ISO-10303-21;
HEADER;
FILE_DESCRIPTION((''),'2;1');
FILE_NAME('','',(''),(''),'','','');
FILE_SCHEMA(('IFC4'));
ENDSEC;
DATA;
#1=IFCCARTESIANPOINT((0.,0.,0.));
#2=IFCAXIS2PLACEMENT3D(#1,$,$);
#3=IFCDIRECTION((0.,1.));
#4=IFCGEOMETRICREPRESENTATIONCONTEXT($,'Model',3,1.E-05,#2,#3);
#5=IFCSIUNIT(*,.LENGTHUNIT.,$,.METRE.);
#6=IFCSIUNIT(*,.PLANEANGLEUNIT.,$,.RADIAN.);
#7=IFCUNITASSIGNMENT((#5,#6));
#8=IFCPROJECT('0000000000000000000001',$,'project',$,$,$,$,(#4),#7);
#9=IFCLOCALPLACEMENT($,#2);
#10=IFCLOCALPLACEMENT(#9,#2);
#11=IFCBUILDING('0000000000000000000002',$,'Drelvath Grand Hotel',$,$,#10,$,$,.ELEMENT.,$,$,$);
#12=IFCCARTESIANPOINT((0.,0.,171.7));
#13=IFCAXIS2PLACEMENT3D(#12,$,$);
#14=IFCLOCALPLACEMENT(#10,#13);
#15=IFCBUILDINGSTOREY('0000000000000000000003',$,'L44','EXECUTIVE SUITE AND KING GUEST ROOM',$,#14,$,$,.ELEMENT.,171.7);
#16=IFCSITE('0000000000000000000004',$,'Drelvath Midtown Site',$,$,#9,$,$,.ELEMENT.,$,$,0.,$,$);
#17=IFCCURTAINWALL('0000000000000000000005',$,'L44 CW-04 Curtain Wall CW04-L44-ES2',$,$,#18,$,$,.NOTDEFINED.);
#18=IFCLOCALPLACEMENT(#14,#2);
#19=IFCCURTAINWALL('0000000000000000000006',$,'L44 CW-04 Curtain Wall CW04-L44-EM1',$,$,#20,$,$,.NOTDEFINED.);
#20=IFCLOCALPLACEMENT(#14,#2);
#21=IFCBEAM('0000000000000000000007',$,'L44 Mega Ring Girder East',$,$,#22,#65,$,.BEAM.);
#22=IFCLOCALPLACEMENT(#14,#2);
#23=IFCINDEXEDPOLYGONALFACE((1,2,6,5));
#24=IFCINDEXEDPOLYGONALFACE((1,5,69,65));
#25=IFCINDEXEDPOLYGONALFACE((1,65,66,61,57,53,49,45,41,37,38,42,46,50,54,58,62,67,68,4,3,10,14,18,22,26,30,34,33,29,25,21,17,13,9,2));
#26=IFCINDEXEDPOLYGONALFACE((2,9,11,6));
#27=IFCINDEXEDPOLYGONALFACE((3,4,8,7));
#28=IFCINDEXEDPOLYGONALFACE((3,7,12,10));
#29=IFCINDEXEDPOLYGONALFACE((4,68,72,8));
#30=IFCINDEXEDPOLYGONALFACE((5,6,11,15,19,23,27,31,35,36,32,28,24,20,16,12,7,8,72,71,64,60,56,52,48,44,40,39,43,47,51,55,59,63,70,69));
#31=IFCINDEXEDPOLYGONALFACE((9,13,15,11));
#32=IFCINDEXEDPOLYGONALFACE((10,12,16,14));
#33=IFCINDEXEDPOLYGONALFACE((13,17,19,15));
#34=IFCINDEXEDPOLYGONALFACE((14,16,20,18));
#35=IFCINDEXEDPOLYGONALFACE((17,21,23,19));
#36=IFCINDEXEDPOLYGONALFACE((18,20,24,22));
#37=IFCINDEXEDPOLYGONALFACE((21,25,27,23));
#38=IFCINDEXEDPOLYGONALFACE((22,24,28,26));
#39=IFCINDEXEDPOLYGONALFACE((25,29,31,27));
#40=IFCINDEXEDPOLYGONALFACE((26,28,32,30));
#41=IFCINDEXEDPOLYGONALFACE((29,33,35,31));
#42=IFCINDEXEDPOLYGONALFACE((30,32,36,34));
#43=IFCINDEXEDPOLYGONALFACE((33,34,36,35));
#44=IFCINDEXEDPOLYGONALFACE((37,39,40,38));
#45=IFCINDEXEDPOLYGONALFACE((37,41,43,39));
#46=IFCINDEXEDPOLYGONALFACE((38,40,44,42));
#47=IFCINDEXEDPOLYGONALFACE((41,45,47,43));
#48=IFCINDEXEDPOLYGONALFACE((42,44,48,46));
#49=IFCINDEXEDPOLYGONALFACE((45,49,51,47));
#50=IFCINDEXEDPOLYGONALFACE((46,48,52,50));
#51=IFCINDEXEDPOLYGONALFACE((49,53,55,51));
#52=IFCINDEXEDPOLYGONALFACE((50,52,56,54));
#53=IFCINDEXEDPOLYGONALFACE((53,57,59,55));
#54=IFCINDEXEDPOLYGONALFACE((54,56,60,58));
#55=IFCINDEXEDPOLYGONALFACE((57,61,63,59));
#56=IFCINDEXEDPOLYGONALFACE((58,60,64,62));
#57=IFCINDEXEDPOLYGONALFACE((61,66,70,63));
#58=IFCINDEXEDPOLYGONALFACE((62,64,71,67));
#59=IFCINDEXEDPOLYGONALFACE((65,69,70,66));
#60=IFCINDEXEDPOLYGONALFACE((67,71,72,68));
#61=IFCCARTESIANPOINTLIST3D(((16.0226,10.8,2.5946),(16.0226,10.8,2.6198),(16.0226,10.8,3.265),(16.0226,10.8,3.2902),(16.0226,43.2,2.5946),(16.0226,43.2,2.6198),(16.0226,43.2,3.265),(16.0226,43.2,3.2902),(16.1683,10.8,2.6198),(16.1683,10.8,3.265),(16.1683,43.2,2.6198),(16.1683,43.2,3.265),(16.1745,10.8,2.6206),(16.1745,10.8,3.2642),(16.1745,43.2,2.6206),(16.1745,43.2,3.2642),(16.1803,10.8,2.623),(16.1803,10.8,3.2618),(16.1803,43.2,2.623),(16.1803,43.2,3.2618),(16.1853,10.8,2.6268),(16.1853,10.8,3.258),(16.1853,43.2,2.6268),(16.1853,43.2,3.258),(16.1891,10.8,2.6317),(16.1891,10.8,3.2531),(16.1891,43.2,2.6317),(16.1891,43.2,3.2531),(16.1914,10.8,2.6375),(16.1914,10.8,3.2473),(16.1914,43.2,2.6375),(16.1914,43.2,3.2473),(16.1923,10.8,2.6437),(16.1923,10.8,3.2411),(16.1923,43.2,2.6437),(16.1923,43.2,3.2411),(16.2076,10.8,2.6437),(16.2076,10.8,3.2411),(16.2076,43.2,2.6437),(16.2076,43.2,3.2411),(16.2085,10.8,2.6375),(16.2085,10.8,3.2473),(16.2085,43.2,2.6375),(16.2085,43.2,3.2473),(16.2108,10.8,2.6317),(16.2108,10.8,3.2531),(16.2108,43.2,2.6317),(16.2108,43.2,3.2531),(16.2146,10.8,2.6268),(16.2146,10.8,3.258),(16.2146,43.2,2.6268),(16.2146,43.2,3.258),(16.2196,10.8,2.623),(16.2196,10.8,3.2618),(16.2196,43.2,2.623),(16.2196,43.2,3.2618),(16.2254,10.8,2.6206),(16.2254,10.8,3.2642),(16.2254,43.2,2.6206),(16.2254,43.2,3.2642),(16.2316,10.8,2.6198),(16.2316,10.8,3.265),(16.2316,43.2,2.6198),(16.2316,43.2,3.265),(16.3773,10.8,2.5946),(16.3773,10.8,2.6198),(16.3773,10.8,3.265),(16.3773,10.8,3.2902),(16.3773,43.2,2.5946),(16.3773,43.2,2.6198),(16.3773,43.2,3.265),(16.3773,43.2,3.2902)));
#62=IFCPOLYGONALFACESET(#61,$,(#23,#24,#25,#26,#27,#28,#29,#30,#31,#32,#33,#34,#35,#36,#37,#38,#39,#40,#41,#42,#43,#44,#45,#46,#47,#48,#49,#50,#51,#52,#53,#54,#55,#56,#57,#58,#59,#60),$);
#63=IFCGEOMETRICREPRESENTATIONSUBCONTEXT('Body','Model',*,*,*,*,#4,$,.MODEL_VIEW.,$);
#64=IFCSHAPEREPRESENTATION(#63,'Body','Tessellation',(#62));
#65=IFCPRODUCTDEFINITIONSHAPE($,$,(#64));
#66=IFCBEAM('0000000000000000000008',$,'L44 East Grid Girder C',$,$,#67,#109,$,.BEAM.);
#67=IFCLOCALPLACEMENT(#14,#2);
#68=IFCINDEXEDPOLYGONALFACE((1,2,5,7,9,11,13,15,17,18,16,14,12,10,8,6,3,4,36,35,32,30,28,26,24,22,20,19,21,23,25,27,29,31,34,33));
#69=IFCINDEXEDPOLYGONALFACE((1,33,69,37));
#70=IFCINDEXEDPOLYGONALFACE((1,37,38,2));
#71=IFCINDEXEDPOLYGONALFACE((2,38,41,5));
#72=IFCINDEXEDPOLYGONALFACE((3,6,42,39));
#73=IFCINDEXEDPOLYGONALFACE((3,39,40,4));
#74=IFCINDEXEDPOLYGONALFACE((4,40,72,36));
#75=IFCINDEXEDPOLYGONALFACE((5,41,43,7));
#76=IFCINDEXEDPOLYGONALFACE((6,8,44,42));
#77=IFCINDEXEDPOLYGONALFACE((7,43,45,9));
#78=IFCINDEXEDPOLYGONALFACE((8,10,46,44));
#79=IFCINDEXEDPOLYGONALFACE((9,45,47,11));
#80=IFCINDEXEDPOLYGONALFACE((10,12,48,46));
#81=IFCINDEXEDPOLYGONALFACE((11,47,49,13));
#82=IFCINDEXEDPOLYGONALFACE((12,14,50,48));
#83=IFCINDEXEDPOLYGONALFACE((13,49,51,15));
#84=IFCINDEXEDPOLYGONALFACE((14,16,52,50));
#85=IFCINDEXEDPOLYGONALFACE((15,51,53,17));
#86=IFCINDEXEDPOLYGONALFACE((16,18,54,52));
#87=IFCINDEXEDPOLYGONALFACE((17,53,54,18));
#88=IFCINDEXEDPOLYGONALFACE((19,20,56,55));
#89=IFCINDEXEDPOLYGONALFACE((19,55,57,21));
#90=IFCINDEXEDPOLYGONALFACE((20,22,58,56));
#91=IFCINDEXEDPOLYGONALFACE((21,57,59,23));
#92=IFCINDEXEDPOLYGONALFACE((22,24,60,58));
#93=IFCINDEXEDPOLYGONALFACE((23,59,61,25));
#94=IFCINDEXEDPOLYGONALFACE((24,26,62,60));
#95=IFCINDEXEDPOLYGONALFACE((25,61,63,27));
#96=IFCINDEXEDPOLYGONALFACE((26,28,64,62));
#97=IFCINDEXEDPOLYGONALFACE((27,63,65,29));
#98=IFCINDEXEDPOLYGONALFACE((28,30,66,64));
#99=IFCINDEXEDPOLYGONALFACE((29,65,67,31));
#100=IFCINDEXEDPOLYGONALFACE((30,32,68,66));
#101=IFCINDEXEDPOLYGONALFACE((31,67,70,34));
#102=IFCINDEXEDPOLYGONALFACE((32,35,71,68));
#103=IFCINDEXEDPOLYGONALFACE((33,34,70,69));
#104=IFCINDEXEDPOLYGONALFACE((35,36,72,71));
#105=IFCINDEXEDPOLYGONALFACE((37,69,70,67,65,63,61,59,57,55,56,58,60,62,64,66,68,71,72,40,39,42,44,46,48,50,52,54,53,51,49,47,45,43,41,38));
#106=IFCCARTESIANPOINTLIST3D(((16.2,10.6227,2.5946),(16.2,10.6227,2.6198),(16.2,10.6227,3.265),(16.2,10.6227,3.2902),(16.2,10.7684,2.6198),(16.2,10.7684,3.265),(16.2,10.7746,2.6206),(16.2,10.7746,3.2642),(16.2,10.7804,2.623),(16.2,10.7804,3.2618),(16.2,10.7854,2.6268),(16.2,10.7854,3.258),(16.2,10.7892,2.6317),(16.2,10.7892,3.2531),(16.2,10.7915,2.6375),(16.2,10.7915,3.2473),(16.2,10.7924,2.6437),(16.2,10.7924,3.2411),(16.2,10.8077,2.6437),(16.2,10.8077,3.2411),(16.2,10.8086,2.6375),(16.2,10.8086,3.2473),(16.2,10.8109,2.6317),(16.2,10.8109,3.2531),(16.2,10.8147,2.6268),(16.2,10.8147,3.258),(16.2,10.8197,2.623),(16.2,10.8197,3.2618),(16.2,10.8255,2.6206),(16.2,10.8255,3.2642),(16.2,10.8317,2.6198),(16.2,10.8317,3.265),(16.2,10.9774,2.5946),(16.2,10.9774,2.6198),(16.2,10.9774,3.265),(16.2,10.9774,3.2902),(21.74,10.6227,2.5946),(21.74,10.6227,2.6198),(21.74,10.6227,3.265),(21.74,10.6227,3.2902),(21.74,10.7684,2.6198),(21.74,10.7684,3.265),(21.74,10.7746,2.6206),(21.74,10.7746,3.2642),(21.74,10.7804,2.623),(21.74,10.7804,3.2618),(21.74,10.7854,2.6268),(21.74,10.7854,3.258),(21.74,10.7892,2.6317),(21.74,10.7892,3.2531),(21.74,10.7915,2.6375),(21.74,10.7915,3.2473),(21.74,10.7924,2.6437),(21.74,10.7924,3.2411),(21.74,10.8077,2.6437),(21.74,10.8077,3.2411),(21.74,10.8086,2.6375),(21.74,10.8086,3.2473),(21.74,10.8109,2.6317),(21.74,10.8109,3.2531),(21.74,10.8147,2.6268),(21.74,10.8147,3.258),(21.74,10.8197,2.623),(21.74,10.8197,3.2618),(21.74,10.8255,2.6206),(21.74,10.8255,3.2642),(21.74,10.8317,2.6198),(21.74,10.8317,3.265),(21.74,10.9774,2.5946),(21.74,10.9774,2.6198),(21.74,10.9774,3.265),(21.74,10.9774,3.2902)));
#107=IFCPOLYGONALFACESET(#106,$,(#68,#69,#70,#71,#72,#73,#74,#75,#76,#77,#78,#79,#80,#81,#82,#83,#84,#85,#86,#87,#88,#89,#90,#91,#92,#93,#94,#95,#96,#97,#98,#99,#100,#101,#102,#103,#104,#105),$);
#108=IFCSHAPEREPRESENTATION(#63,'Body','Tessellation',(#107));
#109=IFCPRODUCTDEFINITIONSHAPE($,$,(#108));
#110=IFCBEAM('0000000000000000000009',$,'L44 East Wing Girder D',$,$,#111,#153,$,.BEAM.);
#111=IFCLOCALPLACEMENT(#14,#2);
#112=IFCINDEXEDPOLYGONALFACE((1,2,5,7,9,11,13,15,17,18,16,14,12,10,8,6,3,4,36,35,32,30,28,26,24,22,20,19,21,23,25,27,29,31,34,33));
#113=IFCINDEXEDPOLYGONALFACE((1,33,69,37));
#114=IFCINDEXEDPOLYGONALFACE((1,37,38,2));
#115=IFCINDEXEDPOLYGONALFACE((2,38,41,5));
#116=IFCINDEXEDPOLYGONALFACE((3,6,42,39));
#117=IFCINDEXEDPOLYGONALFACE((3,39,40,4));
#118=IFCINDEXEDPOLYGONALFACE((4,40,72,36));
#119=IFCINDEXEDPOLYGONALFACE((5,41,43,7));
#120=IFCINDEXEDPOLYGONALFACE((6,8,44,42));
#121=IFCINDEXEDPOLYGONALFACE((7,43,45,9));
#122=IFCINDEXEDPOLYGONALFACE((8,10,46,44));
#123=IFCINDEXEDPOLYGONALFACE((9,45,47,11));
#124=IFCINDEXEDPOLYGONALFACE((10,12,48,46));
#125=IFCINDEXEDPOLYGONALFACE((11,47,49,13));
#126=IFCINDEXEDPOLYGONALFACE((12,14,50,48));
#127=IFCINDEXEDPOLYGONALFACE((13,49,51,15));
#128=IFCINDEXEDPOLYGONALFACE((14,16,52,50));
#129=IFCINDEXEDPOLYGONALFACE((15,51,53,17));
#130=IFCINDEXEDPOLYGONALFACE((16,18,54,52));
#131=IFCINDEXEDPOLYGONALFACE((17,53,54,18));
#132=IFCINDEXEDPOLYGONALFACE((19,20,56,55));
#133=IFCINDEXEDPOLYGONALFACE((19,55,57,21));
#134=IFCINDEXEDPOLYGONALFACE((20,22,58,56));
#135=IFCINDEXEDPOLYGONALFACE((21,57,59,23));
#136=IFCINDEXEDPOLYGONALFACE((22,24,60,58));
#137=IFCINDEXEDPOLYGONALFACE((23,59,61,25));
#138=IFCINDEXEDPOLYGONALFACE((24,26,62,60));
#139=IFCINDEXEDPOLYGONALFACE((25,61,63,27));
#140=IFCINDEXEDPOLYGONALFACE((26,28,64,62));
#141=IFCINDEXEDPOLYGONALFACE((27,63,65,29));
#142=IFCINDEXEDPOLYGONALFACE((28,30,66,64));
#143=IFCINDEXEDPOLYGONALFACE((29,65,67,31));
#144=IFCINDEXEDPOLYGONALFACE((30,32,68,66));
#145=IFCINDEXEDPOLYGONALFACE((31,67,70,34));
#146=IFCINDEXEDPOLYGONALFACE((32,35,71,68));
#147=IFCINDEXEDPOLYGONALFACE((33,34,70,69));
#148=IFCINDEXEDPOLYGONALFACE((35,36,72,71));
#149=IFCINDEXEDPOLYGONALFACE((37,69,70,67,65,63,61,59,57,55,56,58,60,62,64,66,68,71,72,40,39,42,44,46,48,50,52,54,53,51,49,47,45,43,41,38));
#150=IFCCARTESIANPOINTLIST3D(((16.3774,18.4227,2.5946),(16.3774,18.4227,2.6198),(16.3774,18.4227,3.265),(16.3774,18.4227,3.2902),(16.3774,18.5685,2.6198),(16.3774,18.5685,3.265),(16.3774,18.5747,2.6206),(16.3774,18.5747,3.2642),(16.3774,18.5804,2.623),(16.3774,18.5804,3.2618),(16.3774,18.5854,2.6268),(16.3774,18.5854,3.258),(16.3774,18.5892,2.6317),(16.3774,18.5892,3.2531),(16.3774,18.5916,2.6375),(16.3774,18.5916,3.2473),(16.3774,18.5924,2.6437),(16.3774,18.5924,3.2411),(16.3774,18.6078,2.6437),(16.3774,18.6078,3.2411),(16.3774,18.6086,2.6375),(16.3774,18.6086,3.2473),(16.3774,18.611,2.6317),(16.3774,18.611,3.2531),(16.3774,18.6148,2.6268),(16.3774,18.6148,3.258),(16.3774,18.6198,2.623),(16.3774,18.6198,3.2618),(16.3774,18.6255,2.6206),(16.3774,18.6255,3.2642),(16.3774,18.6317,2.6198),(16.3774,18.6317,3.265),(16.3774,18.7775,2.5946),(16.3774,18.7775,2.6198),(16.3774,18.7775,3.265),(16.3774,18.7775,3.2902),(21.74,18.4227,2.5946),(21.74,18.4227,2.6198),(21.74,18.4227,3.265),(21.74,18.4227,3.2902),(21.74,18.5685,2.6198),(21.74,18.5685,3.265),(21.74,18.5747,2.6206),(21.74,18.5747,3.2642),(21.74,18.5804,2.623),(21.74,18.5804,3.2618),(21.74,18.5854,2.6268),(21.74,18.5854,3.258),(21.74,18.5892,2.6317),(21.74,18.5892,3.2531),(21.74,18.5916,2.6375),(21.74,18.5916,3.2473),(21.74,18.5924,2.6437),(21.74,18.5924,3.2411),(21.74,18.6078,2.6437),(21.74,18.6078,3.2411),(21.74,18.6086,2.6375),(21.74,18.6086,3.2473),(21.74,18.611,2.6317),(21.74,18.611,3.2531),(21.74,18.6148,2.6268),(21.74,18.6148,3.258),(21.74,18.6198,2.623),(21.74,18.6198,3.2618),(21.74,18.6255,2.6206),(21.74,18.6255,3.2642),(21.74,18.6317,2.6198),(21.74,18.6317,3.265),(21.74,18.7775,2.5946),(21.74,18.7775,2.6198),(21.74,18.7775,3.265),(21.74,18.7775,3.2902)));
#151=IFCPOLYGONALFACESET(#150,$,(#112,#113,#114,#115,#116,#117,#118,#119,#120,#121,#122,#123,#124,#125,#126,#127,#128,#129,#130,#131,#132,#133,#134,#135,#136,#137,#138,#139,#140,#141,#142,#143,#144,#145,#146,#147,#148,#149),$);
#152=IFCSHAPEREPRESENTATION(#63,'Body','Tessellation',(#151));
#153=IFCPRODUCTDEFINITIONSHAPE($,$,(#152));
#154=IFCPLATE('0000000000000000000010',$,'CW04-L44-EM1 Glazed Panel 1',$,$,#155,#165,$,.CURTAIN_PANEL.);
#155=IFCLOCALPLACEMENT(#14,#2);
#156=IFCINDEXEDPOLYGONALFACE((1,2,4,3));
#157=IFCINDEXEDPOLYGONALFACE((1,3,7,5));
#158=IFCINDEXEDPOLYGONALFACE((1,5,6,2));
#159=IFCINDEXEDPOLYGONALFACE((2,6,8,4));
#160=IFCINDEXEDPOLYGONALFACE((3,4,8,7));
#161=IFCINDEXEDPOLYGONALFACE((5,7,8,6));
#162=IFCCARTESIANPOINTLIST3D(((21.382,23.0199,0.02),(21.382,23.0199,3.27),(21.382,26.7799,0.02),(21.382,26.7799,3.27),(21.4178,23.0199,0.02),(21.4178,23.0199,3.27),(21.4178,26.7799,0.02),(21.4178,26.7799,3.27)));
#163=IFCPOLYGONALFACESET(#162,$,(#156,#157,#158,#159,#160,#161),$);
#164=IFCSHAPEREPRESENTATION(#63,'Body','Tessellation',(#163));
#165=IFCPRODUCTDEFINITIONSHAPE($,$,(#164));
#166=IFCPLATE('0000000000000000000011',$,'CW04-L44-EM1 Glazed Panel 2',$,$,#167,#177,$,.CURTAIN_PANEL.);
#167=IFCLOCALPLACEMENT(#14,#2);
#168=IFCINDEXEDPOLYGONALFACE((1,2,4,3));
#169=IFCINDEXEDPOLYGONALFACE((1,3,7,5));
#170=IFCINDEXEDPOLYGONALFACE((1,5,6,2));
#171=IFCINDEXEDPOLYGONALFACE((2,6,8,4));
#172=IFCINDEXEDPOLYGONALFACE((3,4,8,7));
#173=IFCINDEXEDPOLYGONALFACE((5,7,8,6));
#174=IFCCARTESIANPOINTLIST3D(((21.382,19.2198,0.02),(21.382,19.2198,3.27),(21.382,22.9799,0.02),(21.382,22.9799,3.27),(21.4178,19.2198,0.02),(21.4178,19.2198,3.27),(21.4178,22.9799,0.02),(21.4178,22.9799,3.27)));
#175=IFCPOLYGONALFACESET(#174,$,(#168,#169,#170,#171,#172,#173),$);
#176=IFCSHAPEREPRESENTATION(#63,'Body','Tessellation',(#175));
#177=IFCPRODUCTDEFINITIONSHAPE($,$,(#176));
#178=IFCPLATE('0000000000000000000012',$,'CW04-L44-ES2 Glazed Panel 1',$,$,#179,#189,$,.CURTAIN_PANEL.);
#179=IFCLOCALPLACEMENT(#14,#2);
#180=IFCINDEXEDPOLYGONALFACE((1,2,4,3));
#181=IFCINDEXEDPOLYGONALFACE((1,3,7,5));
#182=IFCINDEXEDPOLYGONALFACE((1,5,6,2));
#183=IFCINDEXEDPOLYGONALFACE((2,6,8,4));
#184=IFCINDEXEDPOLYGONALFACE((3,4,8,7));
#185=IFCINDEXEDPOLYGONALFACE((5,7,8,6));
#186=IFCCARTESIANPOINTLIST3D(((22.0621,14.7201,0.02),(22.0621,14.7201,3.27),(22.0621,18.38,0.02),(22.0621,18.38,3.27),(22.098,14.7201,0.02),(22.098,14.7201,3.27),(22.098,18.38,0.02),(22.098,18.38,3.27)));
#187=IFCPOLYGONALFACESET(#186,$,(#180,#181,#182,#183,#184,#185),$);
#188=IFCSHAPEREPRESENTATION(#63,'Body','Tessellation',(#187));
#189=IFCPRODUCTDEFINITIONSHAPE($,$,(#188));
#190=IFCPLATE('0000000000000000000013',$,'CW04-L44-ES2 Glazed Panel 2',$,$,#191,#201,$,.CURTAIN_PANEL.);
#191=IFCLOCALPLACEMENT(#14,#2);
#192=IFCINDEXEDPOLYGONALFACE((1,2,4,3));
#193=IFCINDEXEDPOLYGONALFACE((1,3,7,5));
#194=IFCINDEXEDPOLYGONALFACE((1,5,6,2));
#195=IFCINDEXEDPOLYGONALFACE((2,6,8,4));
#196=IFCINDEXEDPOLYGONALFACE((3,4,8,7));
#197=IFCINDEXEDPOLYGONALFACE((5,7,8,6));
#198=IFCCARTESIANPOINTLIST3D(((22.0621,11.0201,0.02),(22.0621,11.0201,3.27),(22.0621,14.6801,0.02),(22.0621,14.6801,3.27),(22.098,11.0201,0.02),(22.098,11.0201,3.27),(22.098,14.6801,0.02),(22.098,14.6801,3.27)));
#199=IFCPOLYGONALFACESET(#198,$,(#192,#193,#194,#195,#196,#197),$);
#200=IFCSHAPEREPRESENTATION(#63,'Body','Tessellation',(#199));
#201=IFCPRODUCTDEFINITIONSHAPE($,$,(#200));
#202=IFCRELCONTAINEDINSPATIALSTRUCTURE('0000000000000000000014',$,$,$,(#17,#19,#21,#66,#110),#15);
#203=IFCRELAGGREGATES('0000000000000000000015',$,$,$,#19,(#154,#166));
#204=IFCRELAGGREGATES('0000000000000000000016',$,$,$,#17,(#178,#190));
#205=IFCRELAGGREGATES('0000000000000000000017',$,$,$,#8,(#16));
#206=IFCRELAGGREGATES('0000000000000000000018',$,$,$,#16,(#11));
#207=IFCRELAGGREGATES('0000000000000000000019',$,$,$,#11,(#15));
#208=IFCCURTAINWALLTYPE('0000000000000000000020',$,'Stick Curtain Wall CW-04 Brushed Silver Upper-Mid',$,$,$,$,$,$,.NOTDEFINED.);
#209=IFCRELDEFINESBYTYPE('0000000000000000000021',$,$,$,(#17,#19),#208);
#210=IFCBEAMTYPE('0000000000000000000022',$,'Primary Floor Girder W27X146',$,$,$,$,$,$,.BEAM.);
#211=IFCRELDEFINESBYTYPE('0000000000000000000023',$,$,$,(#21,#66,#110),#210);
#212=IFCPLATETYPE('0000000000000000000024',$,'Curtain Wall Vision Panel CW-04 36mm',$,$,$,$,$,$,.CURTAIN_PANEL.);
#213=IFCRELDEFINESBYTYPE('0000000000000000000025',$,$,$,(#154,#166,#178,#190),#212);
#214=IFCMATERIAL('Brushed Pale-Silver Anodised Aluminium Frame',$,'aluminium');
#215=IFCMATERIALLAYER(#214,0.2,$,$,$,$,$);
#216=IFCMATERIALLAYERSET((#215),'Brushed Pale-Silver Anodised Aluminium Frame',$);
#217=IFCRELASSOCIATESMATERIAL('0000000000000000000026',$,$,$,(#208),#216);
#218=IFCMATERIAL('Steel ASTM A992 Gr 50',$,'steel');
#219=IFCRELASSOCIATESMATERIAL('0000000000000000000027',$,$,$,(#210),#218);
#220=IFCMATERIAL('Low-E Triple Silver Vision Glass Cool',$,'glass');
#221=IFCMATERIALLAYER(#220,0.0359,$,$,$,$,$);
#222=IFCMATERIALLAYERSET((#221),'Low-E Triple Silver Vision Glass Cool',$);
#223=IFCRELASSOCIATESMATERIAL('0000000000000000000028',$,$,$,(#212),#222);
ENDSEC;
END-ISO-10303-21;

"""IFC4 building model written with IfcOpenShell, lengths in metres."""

from ifc_helpers import new_model, si_unit, direction, frame, origin, origin_2d, place, context, subcontext, project, spatial, rectangle, i_section, extrude, material, layer, layer_set, material_profile, profile_set, type_object, element, aggregate, save


model = new_model("IFC4")

# Units and contexts
model_context = context("Model", 3, precision=1e-05, world=origin(), true_north=direction((0.0, 1.0)))
body_context = subcontext(model_context, "Body", "Model", "MODEL_VIEW")
ifc_project = project(units=[si_unit("LENGTHUNIT", "METRE"), si_unit("PLANEANGLEUNIT", "RADIAN")], contexts=[model_context])

# Site, building, storey
site_placement = place(None, origin())
site = spatial("IfcSite", under=ifc_project, at=site_placement, Name="Drelvath Midtown Site", CompositionType="ELEMENT", RefElevation=0.0)
building_placement = place(site_placement, origin())
building = spatial("IfcBuilding", under=site, at=building_placement, Name="Drelvath Grand Hotel", CompositionType="ELEMENT")
storey_placement = place(building_placement, frame((0.0, 0.0, 171.7)))
storey = spatial("IfcBuildingStorey", under=building, at=storey_placement, Name="L44", Description="EXECUTIVE SUITE AND KING GUEST ROOM", CompositionType="ELEMENT", Elevation=171.7)

# Shared definitions
ifc_material_1 = material(Name="Steel ASTM A992 Gr 50", Category="steel")

# Curtain wall
ifc_material_2 = material(Name="Brushed Pale-Silver Anodised Aluminium Frame", Category="aluminium")
ifc_layer_1 = layer(ifc_material_2, 0.2)
ifc_layer_set_1 = layer_set([ifc_layer_1], Name="Brushed Pale-Silver Anodised Aluminium Frame")
curtain_wall_type = type_object("IfcCurtainWallType", Name="Stick Curtain Wall CW-04 Brushed Silver Upper-Mid", PredefinedType="NOTDEFINED", material=ifc_layer_set_1)
curtain_wall_1_placement = place(storey_placement, origin())
curtain_wall_1 = element("IfcCurtainWall", 1, at=curtain_wall_1_placement, inside=storey, type_object=curtain_wall_type, Name="L44 CW-04 Curtain Wall CW04-L44-ES2", PredefinedType="NOTDEFINED")

# Curtain wall
curtain_wall_2_placement = place(storey_placement, origin())
curtain_wall_2 = element("IfcCurtainWall", 2, at=curtain_wall_2_placement, inside=storey, type_object=curtain_wall_type, Name="L44 CW-04 Curtain Wall CW04-L44-EM1", PredefinedType="NOTDEFINED")

# Beams
ifc_material_profile_1 = material_profile(ifc_material_1, i_section(OverallWidth=0.3547, OverallDepth=0.6956, WebThickness=0.0154, FlangeThickness=0.0251, FilletRadius=0.0239, at=origin_2d()), Name="W27X146")
ifc_profile_set_1 = profile_set([ifc_material_profile_1], Name="Steel ASTM A992 Gr 50")
beam_type_1 = type_object("IfcBeamType", Name="Primary Floor Girder W27X146", PredefinedType="BEAM", material=ifc_profile_set_1)
beam_1_placement = place(storey_placement, frame((16.2, 10.8, 2.9424), z_axis=(0.0, 1.0, 0.0), x_axis=(-1.0, 0.0, 0.0)))
element("IfcBeam", 3, at=beam_1_placement, inside=storey, type_object=beam_type_1, Name="L44 Mega Ring Girder East", PredefinedType="BEAM", context=body_context, shape_type="SweptSolid", body=[
    extrude(i_section(OverallWidth=0.3547, OverallDepth=0.6956, WebThickness=0.0154, FlangeThickness=0.0251, FilletRadius=0.0239, at=origin_2d()), origin(), (0.0, 0.0, 1.0), 32.3999),
])
beam_2_placement = place(storey_placement, frame((16.2, 10.8, 2.9424), z_axis=(1.0, 0.0, 0.0), x_axis=(0.0, 1.0, 0.0)))
element("IfcBeam", 4, at=beam_2_placement, inside=storey, type_object=beam_type_1, Name="L44 East Grid Girder C", PredefinedType="BEAM", context=body_context, shape_type="SweptSolid", body=[
    extrude(i_section(OverallWidth=0.3547, OverallDepth=0.6956, WebThickness=0.0154, FlangeThickness=0.0251, FilletRadius=0.0239, at=origin_2d()), origin(), (0.0, 0.0, 1.0), 5.54),
])
beam_3_placement = place(storey_placement, frame((16.3774, 18.6001, 2.9424), z_axis=(1.0, 0.0, 0.0), x_axis=(0.0, 1.0, 0.0)))
element("IfcBeam", 5, at=beam_3_placement, inside=storey, type_object=beam_type_1, Name="L44 East Wing Girder D", PredefinedType="BEAM", context=body_context, shape_type="SweptSolid", body=[
    extrude(i_section(OverallWidth=0.3547, OverallDepth=0.6956, WebThickness=0.0154, FlangeThickness=0.0251, FilletRadius=0.0239, at=origin_2d()), origin(), (0.0, 0.0, 1.0), 5.3625),
])

# Plates
ifc_material_3 = material(Name="Low-E Triple Silver Vision Glass Cool", Category="glass")
ifc_layer_2 = layer(ifc_material_3, 0.0359)
ifc_layer_set_2 = layer_set([ifc_layer_2], Name="Low-E Triple Silver Vision Glass Cool")
plate_type = type_object("IfcPlateType", Name="Curtain Wall Vision Panel CW-04 36mm", PredefinedType="CURTAIN_PANEL", material=ifc_layer_set_2)
plate_1_placement = place(storey_placement, frame((21.3999, 24.8999, 0.02), z_axis=(0.0, 0.0, 1.0), x_axis=(0.0, -1.0, 0.0)))
plate_1 = element("IfcPlate", 6, at=plate_1_placement, type_object=plate_type, Name="CW04-L44-EM1 Glazed Panel 1", PredefinedType="CURTAIN_PANEL", context=body_context, shape_type="SweptSolid", body=[
    extrude(rectangle(XDim=3.76, YDim=0.0359, at=origin_2d()), origin(), (0.0, 0.0, 1.0), 3.25),
])
plate_2_placement = place(storey_placement, frame((21.3999, 21.0999, 0.02), z_axis=(0.0, 0.0, 1.0), x_axis=(0.0, -1.0, 0.0)))
plate_2 = element("IfcPlate", 7, at=plate_2_placement, type_object=plate_type, Name="CW04-L44-EM1 Glazed Panel 2", PredefinedType="CURTAIN_PANEL", context=body_context, shape_type="SweptSolid", body=[
    extrude(rectangle(XDim=3.76, YDim=0.0359, at=origin_2d()), origin(), (0.0, 0.0, 1.0), 3.25),
])
aggregate(curtain_wall_2, [plate_1, plate_2])
plate_3_placement = place(storey_placement, frame((22.0801, 16.55, 0.02), z_axis=(0.0, 0.0, 1.0), x_axis=(0.0, -1.0, 0.0)))
plate_3 = element("IfcPlate", 8, at=plate_3_placement, type_object=plate_type, Name="CW04-L44-ES2 Glazed Panel 1", PredefinedType="CURTAIN_PANEL", context=body_context, shape_type="SweptSolid", body=[
    extrude(rectangle(XDim=3.6599, YDim=0.0359, at=origin_2d()), origin(), (0.0, 0.0, 1.0), 3.25),
])
plate_4_placement = place(storey_placement, frame((22.0801, 12.8501, 0.02), z_axis=(0.0, 0.0, 1.0), x_axis=(0.0, -1.0, 0.0)))
plate_4 = element("IfcPlate", 9, at=plate_4_placement, type_object=plate_type, Name="CW04-L44-ES2 Glazed Panel 2", PredefinedType="CURTAIN_PANEL", context=body_context, shape_type="SweptSolid", body=[
    extrude(rectangle(XDim=3.6599, YDim=0.0359, at=origin_2d()), origin(), (0.0, 0.0, 1.0), 3.25),
])
aggregate(curtain_wall_1, [plate_3, plate_4])

save(model, "model.ifc")
